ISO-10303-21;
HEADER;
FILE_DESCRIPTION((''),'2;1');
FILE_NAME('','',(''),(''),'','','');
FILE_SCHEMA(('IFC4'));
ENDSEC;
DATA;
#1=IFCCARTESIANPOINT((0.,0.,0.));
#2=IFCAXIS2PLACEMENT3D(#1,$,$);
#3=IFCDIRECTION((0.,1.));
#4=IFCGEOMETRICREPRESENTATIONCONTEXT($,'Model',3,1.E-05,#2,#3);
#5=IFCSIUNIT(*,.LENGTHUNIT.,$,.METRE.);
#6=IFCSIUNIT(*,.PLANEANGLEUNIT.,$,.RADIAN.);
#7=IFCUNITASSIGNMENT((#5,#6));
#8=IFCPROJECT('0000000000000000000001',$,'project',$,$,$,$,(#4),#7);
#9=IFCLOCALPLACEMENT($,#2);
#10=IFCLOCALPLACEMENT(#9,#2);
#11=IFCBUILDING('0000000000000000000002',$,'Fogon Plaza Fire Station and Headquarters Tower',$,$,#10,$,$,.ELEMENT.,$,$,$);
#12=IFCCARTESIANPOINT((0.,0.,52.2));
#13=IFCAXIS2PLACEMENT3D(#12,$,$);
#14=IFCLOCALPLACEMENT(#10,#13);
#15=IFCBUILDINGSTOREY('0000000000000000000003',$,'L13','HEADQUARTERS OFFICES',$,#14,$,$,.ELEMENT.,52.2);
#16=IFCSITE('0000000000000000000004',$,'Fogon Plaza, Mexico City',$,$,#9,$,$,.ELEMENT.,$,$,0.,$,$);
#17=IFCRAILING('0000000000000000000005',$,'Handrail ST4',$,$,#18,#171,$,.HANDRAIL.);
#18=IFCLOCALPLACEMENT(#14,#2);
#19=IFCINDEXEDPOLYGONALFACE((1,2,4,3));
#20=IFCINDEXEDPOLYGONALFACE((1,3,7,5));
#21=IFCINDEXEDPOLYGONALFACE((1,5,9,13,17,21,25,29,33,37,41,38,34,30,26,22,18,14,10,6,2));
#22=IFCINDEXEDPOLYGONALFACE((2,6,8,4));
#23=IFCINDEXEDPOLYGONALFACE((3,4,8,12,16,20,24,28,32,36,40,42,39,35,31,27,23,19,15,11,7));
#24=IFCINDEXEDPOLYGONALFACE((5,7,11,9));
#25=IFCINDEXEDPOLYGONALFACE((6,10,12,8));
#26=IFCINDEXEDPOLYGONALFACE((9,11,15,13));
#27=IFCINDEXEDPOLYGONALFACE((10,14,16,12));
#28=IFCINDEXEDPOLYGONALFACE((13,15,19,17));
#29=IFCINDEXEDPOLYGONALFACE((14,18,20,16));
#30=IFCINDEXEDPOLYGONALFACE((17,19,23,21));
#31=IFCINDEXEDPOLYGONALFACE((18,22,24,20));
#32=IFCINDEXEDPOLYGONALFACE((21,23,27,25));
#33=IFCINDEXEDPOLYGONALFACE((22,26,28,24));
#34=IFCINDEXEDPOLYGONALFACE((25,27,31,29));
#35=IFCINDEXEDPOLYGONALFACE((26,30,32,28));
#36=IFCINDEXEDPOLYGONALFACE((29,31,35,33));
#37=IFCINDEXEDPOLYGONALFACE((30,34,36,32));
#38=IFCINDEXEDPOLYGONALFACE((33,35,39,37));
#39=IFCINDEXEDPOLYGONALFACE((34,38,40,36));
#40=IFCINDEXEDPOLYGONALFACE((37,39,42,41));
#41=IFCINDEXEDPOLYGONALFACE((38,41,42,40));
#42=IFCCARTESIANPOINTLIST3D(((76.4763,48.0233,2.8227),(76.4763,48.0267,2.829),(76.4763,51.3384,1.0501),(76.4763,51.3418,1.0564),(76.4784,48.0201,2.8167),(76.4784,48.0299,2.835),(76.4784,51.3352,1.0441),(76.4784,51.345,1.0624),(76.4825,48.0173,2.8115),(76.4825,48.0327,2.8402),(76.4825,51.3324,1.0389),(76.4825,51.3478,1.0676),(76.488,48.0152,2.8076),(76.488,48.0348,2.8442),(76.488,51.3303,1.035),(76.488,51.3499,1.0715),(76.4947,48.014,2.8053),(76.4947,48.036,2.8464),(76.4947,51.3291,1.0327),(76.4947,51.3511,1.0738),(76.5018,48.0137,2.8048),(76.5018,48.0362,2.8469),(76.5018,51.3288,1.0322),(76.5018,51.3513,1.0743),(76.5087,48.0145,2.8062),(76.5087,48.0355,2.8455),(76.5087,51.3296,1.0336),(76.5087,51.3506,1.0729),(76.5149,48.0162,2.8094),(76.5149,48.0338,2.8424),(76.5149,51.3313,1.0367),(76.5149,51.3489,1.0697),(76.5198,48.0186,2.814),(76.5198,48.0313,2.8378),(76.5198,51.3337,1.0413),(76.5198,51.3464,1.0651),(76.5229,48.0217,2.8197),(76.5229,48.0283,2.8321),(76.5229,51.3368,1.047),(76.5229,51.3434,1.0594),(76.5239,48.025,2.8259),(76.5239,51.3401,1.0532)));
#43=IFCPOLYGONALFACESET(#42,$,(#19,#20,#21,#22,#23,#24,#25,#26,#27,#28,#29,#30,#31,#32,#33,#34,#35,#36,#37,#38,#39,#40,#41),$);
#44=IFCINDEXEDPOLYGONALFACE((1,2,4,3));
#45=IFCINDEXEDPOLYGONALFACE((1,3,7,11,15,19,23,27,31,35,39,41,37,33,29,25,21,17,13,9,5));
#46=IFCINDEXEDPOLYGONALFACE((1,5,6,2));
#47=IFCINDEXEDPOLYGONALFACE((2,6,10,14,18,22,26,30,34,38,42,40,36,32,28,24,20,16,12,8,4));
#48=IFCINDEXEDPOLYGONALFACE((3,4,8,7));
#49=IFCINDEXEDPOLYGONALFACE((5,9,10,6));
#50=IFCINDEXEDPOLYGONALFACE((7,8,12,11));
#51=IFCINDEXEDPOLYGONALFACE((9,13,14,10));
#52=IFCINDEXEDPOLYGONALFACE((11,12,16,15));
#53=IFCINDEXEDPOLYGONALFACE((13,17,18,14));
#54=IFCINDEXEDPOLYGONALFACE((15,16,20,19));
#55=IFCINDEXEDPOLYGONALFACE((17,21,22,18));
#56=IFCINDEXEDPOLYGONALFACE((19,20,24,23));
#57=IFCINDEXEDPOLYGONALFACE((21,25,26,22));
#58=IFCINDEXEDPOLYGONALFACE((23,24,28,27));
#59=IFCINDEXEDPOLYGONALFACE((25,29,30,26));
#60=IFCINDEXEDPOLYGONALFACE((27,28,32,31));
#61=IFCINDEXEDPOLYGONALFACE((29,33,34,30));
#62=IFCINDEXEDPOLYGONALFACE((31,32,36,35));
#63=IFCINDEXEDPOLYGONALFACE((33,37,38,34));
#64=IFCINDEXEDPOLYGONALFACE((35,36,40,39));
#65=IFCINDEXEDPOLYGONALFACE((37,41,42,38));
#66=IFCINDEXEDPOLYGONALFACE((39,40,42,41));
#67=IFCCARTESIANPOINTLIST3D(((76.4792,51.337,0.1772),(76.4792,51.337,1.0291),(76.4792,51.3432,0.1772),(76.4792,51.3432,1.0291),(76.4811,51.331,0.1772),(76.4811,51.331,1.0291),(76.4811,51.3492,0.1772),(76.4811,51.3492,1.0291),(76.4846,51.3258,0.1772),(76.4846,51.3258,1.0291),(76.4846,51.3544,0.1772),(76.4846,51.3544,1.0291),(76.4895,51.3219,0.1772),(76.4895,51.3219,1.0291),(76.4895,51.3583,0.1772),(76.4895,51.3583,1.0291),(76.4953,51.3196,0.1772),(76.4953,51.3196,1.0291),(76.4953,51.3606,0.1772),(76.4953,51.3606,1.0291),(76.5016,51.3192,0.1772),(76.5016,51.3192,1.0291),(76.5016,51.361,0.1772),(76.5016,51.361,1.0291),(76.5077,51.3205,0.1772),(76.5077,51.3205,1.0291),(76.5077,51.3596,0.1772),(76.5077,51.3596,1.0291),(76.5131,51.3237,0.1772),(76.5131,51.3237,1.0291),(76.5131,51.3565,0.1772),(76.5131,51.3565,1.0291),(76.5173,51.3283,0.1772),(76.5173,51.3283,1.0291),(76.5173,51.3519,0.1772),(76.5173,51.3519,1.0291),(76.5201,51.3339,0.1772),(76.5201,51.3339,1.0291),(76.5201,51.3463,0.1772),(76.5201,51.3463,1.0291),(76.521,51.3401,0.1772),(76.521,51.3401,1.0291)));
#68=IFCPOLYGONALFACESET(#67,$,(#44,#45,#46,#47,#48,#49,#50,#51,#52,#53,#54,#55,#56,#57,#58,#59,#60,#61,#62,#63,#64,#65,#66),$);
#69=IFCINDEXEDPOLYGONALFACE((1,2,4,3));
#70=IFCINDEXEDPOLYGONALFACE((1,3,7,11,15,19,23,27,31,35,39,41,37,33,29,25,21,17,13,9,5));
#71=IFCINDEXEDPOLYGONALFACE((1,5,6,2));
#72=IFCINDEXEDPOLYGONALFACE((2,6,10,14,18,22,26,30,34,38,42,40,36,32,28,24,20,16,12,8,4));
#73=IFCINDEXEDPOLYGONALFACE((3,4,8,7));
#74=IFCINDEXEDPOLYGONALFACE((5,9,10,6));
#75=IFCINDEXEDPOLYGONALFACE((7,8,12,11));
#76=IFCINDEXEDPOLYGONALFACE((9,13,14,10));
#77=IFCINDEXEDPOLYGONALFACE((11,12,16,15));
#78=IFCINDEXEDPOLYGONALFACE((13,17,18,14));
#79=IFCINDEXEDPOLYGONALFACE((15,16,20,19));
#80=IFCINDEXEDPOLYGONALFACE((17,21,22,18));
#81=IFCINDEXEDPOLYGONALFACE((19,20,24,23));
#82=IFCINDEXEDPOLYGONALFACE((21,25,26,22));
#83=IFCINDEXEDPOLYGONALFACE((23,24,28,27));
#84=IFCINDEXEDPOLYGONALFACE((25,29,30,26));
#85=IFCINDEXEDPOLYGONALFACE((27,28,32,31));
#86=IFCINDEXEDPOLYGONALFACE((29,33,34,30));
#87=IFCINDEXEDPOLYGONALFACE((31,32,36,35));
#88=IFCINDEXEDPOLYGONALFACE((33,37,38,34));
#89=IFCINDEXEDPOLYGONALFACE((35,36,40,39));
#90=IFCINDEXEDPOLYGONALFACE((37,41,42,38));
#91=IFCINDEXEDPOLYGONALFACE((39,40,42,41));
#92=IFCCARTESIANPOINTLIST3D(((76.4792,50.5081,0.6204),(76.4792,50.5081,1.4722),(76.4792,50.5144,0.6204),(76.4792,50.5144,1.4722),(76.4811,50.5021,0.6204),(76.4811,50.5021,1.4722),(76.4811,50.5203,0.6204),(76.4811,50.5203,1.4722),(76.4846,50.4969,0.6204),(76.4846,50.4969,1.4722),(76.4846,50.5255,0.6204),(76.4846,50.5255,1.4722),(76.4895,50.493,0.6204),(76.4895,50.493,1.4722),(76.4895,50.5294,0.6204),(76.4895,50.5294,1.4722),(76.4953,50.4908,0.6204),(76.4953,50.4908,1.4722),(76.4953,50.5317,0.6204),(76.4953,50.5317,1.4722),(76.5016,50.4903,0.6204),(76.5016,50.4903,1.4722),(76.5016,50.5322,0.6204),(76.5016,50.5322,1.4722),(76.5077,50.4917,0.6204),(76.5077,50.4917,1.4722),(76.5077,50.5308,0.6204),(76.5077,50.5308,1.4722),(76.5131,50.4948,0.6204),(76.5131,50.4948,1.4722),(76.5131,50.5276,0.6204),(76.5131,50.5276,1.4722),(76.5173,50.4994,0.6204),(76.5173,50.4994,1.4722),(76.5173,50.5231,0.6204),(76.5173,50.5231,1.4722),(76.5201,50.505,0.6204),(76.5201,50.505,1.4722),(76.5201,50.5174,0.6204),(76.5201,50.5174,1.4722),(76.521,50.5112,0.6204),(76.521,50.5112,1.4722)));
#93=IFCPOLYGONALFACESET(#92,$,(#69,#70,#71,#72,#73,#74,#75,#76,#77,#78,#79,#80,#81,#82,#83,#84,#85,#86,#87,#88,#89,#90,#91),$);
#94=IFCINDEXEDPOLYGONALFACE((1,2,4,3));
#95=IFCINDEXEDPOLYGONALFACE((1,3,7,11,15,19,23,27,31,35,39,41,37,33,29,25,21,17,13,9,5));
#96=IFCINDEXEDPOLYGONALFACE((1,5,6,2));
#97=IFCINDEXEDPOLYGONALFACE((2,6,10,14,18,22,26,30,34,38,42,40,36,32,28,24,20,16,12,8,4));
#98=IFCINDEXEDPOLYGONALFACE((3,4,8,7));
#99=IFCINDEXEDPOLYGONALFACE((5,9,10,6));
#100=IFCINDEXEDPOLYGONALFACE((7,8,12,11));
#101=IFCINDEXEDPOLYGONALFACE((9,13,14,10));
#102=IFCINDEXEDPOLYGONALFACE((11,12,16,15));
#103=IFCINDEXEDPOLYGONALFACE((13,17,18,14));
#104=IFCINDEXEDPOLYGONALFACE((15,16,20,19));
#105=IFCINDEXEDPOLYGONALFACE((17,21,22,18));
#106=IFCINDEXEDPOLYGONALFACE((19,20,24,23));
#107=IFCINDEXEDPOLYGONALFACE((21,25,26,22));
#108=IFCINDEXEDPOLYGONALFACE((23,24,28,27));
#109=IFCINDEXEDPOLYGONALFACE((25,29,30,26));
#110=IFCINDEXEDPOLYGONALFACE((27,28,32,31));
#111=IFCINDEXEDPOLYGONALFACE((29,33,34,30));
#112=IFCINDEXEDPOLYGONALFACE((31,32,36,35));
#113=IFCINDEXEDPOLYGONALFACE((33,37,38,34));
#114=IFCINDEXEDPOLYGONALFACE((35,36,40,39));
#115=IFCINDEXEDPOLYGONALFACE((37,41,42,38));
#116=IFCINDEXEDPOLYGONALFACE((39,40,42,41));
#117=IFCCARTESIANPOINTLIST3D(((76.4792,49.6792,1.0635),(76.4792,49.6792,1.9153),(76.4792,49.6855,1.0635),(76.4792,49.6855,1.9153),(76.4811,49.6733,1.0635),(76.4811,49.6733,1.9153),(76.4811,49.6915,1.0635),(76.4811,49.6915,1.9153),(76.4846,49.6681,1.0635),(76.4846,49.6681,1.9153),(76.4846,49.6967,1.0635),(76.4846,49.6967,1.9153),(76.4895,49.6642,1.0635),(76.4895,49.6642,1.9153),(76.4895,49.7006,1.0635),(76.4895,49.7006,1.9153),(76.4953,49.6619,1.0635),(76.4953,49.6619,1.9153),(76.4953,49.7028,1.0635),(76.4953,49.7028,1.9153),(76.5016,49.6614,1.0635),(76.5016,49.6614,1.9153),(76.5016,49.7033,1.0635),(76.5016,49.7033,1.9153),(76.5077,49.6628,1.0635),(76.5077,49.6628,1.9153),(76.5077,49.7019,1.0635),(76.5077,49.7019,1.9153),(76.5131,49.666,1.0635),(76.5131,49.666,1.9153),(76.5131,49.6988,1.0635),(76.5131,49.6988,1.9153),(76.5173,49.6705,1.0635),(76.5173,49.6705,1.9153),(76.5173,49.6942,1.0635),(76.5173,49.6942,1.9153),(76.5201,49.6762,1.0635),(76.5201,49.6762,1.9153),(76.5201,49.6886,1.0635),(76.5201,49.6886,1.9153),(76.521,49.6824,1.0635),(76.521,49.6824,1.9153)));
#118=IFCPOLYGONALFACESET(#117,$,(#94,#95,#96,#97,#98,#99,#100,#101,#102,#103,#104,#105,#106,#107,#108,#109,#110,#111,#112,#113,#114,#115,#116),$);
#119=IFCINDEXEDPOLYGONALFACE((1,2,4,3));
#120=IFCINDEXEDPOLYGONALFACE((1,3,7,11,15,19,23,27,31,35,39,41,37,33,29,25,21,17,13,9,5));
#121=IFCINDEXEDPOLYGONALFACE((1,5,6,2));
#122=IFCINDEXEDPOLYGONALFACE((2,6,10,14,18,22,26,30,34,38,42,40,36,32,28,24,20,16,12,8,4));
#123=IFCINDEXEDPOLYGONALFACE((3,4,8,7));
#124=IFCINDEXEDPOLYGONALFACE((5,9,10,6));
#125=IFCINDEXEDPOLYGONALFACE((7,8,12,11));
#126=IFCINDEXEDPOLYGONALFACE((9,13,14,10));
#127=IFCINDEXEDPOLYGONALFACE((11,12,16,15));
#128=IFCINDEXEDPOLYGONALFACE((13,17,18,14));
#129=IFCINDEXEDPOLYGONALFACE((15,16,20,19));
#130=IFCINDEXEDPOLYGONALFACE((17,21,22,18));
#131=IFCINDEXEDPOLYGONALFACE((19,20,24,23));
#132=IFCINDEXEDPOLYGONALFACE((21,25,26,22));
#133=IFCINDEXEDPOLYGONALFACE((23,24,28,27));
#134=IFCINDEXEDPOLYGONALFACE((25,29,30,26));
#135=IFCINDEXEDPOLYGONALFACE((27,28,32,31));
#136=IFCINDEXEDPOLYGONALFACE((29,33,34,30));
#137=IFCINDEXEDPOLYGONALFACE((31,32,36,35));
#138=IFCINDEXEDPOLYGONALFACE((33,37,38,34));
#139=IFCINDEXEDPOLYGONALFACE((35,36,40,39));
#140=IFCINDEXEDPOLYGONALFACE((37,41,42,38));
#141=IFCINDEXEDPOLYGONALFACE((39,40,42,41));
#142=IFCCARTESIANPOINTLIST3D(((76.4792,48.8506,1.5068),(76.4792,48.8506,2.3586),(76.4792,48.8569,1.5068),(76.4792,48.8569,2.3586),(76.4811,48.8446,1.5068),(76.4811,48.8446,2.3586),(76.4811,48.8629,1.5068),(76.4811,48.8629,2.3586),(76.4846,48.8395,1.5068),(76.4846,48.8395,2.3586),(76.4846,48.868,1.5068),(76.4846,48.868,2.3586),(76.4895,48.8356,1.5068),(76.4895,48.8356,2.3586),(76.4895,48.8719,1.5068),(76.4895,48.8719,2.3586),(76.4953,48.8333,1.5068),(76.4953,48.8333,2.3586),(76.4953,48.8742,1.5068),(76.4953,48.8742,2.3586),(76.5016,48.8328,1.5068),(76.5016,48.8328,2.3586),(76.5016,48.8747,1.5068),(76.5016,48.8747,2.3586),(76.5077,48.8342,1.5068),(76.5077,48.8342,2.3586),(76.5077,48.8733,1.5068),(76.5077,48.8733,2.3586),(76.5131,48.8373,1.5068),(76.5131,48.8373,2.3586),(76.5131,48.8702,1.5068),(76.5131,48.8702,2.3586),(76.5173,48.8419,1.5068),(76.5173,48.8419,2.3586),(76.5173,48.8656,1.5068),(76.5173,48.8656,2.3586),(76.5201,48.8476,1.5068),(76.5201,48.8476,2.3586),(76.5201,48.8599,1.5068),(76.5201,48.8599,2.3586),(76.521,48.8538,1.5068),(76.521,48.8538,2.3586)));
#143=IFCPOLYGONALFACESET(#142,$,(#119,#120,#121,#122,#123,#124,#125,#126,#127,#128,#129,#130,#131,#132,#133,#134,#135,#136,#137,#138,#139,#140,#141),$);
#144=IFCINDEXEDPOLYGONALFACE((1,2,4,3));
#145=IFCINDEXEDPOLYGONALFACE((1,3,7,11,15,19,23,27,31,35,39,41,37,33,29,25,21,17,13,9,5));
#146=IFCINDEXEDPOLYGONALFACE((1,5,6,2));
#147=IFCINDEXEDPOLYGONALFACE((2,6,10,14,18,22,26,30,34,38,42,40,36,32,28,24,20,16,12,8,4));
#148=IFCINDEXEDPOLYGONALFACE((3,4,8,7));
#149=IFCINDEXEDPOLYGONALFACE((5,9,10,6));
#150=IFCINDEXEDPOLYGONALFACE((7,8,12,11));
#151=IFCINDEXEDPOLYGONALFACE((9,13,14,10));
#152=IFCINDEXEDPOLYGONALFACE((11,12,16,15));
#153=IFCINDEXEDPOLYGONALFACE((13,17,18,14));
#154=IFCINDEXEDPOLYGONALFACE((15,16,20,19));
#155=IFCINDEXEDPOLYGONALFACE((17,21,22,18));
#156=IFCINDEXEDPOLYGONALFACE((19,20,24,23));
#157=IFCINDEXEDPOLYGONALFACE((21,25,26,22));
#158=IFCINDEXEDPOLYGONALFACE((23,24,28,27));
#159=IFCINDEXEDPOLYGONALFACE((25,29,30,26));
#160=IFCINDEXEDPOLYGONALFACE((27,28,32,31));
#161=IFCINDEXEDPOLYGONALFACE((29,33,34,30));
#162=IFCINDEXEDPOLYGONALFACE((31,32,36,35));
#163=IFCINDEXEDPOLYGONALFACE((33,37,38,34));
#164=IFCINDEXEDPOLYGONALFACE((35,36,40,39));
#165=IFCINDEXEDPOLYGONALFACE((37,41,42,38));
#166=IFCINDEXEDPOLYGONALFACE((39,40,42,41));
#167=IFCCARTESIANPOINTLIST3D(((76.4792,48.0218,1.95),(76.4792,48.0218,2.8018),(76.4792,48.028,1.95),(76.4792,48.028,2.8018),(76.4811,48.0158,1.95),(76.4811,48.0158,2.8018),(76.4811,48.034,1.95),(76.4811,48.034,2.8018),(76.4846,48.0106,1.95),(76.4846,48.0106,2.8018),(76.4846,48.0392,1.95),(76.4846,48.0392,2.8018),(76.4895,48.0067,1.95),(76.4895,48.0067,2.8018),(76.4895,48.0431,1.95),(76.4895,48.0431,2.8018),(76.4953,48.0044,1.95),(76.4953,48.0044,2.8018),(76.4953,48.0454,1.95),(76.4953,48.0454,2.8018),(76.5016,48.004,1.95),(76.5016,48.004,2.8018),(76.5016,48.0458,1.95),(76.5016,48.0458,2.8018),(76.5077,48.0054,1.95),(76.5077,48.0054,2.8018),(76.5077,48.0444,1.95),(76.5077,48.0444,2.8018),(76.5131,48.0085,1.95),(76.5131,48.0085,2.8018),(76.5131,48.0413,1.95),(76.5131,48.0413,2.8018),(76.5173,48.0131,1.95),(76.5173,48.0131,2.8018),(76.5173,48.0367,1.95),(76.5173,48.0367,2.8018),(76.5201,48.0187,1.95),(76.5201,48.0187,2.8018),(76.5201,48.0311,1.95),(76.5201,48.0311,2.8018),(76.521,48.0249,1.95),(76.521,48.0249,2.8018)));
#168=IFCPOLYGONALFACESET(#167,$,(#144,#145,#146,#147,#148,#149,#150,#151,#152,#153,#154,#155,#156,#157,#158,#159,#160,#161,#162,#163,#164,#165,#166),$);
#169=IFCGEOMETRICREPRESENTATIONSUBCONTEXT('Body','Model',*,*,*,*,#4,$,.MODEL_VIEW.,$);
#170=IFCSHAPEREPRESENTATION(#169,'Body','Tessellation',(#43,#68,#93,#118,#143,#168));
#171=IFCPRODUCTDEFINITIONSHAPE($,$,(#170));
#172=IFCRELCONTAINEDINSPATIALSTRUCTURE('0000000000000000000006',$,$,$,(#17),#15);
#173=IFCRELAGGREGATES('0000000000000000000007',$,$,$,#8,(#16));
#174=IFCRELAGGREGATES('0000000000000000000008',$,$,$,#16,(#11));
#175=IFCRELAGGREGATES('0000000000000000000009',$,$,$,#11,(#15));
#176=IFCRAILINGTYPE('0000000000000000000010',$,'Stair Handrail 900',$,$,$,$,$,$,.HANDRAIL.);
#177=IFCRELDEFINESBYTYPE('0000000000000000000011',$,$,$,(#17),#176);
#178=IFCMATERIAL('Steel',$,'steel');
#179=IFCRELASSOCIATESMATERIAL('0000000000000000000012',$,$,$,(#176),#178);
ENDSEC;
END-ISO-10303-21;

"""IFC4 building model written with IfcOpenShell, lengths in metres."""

from ifc_helpers import new_model, si_unit, direction, frame, origin, origin_2d, place, context, subcontext, project, spatial, circle, extrude, material, type_object, element, save


model = new_model("IFC4")

# Units and contexts
model_context = context("Model", 3, precision=1e-05, world=origin(), true_north=direction((0.0, 1.0)))
body_context = subcontext(model_context, "Body", "Model", "MODEL_VIEW")
ifc_project = project(units=[si_unit("LENGTHUNIT", "METRE"), si_unit("PLANEANGLEUNIT", "RADIAN")], contexts=[model_context])

# Site, building, storey
site_placement = place(None, origin())
site = spatial("IfcSite", under=ifc_project, at=site_placement, Name="Fogon Plaza, Mexico City", CompositionType="ELEMENT", RefElevation=0.0)
building_placement = place(site_placement, origin())
building = spatial("IfcBuilding", under=site, at=building_placement, Name="Fogon Plaza Fire Station and Headquarters Tower", CompositionType="ELEMENT")
storey_placement = place(building_placement, frame((0.0, 0.0, 52.2)))
storey = spatial("IfcBuildingStorey", under=building, at=storey_placement, Name="L13", Description="HEADQUARTERS OFFICES", CompositionType="ELEMENT", Elevation=52.2)

# Railing
ifc_material_1 = material(Name="Steel", Category="steel")
railing_type = type_object("IfcRailingType", Name="Stair Handrail 900", PredefinedType="HANDRAIL", material=ifc_material_1)
for number, where, name in (
    (1, (76.5, 51.3401, 0.1772), "Handrail ST4"),
):
    element("IfcRailing", number, at=place(storey_placement, frame(where)), inside=storey, type_object=railing_type, Name=name, PredefinedType="HANDRAIL", context=body_context, shape_type="SweptSolid", body=[
        extrude(circle(Radius=0.0239, at=origin_2d()), frame((0.0, 0.0, 0.876), z_axis=(0.0, -0.881844, 0.471542), x_axis=(1.0, 0.0, 0.0)), (0.0, 0.0, 1.0), 3.7593),
        extrude(circle(Radius=0.021, at=origin_2d()), origin(), (0.0, 0.0, 1.0), 0.8518),
        extrude(circle(Radius=0.021, at=origin_2d()), frame((0.0, -0.8289, 0.4431)), (0.0, 0.0, 1.0), 0.8518),
        extrude(circle(Radius=0.021, at=origin_2d()), frame((0.0, -1.6577, 0.8862)), (0.0, 0.0, 1.0), 0.8518),
        extrude(circle(Radius=0.021, at=origin_2d()), frame((0.0, -2.4863, 1.3296)), (0.0, 0.0, 1.0), 0.8518),
        extrude(circle(Radius=0.021, at=origin_2d()), frame((0.0, -3.3152, 1.7727)), (0.0, 0.0, 1.0), 0.8518),
    ])

save(model, "model.ifc")
